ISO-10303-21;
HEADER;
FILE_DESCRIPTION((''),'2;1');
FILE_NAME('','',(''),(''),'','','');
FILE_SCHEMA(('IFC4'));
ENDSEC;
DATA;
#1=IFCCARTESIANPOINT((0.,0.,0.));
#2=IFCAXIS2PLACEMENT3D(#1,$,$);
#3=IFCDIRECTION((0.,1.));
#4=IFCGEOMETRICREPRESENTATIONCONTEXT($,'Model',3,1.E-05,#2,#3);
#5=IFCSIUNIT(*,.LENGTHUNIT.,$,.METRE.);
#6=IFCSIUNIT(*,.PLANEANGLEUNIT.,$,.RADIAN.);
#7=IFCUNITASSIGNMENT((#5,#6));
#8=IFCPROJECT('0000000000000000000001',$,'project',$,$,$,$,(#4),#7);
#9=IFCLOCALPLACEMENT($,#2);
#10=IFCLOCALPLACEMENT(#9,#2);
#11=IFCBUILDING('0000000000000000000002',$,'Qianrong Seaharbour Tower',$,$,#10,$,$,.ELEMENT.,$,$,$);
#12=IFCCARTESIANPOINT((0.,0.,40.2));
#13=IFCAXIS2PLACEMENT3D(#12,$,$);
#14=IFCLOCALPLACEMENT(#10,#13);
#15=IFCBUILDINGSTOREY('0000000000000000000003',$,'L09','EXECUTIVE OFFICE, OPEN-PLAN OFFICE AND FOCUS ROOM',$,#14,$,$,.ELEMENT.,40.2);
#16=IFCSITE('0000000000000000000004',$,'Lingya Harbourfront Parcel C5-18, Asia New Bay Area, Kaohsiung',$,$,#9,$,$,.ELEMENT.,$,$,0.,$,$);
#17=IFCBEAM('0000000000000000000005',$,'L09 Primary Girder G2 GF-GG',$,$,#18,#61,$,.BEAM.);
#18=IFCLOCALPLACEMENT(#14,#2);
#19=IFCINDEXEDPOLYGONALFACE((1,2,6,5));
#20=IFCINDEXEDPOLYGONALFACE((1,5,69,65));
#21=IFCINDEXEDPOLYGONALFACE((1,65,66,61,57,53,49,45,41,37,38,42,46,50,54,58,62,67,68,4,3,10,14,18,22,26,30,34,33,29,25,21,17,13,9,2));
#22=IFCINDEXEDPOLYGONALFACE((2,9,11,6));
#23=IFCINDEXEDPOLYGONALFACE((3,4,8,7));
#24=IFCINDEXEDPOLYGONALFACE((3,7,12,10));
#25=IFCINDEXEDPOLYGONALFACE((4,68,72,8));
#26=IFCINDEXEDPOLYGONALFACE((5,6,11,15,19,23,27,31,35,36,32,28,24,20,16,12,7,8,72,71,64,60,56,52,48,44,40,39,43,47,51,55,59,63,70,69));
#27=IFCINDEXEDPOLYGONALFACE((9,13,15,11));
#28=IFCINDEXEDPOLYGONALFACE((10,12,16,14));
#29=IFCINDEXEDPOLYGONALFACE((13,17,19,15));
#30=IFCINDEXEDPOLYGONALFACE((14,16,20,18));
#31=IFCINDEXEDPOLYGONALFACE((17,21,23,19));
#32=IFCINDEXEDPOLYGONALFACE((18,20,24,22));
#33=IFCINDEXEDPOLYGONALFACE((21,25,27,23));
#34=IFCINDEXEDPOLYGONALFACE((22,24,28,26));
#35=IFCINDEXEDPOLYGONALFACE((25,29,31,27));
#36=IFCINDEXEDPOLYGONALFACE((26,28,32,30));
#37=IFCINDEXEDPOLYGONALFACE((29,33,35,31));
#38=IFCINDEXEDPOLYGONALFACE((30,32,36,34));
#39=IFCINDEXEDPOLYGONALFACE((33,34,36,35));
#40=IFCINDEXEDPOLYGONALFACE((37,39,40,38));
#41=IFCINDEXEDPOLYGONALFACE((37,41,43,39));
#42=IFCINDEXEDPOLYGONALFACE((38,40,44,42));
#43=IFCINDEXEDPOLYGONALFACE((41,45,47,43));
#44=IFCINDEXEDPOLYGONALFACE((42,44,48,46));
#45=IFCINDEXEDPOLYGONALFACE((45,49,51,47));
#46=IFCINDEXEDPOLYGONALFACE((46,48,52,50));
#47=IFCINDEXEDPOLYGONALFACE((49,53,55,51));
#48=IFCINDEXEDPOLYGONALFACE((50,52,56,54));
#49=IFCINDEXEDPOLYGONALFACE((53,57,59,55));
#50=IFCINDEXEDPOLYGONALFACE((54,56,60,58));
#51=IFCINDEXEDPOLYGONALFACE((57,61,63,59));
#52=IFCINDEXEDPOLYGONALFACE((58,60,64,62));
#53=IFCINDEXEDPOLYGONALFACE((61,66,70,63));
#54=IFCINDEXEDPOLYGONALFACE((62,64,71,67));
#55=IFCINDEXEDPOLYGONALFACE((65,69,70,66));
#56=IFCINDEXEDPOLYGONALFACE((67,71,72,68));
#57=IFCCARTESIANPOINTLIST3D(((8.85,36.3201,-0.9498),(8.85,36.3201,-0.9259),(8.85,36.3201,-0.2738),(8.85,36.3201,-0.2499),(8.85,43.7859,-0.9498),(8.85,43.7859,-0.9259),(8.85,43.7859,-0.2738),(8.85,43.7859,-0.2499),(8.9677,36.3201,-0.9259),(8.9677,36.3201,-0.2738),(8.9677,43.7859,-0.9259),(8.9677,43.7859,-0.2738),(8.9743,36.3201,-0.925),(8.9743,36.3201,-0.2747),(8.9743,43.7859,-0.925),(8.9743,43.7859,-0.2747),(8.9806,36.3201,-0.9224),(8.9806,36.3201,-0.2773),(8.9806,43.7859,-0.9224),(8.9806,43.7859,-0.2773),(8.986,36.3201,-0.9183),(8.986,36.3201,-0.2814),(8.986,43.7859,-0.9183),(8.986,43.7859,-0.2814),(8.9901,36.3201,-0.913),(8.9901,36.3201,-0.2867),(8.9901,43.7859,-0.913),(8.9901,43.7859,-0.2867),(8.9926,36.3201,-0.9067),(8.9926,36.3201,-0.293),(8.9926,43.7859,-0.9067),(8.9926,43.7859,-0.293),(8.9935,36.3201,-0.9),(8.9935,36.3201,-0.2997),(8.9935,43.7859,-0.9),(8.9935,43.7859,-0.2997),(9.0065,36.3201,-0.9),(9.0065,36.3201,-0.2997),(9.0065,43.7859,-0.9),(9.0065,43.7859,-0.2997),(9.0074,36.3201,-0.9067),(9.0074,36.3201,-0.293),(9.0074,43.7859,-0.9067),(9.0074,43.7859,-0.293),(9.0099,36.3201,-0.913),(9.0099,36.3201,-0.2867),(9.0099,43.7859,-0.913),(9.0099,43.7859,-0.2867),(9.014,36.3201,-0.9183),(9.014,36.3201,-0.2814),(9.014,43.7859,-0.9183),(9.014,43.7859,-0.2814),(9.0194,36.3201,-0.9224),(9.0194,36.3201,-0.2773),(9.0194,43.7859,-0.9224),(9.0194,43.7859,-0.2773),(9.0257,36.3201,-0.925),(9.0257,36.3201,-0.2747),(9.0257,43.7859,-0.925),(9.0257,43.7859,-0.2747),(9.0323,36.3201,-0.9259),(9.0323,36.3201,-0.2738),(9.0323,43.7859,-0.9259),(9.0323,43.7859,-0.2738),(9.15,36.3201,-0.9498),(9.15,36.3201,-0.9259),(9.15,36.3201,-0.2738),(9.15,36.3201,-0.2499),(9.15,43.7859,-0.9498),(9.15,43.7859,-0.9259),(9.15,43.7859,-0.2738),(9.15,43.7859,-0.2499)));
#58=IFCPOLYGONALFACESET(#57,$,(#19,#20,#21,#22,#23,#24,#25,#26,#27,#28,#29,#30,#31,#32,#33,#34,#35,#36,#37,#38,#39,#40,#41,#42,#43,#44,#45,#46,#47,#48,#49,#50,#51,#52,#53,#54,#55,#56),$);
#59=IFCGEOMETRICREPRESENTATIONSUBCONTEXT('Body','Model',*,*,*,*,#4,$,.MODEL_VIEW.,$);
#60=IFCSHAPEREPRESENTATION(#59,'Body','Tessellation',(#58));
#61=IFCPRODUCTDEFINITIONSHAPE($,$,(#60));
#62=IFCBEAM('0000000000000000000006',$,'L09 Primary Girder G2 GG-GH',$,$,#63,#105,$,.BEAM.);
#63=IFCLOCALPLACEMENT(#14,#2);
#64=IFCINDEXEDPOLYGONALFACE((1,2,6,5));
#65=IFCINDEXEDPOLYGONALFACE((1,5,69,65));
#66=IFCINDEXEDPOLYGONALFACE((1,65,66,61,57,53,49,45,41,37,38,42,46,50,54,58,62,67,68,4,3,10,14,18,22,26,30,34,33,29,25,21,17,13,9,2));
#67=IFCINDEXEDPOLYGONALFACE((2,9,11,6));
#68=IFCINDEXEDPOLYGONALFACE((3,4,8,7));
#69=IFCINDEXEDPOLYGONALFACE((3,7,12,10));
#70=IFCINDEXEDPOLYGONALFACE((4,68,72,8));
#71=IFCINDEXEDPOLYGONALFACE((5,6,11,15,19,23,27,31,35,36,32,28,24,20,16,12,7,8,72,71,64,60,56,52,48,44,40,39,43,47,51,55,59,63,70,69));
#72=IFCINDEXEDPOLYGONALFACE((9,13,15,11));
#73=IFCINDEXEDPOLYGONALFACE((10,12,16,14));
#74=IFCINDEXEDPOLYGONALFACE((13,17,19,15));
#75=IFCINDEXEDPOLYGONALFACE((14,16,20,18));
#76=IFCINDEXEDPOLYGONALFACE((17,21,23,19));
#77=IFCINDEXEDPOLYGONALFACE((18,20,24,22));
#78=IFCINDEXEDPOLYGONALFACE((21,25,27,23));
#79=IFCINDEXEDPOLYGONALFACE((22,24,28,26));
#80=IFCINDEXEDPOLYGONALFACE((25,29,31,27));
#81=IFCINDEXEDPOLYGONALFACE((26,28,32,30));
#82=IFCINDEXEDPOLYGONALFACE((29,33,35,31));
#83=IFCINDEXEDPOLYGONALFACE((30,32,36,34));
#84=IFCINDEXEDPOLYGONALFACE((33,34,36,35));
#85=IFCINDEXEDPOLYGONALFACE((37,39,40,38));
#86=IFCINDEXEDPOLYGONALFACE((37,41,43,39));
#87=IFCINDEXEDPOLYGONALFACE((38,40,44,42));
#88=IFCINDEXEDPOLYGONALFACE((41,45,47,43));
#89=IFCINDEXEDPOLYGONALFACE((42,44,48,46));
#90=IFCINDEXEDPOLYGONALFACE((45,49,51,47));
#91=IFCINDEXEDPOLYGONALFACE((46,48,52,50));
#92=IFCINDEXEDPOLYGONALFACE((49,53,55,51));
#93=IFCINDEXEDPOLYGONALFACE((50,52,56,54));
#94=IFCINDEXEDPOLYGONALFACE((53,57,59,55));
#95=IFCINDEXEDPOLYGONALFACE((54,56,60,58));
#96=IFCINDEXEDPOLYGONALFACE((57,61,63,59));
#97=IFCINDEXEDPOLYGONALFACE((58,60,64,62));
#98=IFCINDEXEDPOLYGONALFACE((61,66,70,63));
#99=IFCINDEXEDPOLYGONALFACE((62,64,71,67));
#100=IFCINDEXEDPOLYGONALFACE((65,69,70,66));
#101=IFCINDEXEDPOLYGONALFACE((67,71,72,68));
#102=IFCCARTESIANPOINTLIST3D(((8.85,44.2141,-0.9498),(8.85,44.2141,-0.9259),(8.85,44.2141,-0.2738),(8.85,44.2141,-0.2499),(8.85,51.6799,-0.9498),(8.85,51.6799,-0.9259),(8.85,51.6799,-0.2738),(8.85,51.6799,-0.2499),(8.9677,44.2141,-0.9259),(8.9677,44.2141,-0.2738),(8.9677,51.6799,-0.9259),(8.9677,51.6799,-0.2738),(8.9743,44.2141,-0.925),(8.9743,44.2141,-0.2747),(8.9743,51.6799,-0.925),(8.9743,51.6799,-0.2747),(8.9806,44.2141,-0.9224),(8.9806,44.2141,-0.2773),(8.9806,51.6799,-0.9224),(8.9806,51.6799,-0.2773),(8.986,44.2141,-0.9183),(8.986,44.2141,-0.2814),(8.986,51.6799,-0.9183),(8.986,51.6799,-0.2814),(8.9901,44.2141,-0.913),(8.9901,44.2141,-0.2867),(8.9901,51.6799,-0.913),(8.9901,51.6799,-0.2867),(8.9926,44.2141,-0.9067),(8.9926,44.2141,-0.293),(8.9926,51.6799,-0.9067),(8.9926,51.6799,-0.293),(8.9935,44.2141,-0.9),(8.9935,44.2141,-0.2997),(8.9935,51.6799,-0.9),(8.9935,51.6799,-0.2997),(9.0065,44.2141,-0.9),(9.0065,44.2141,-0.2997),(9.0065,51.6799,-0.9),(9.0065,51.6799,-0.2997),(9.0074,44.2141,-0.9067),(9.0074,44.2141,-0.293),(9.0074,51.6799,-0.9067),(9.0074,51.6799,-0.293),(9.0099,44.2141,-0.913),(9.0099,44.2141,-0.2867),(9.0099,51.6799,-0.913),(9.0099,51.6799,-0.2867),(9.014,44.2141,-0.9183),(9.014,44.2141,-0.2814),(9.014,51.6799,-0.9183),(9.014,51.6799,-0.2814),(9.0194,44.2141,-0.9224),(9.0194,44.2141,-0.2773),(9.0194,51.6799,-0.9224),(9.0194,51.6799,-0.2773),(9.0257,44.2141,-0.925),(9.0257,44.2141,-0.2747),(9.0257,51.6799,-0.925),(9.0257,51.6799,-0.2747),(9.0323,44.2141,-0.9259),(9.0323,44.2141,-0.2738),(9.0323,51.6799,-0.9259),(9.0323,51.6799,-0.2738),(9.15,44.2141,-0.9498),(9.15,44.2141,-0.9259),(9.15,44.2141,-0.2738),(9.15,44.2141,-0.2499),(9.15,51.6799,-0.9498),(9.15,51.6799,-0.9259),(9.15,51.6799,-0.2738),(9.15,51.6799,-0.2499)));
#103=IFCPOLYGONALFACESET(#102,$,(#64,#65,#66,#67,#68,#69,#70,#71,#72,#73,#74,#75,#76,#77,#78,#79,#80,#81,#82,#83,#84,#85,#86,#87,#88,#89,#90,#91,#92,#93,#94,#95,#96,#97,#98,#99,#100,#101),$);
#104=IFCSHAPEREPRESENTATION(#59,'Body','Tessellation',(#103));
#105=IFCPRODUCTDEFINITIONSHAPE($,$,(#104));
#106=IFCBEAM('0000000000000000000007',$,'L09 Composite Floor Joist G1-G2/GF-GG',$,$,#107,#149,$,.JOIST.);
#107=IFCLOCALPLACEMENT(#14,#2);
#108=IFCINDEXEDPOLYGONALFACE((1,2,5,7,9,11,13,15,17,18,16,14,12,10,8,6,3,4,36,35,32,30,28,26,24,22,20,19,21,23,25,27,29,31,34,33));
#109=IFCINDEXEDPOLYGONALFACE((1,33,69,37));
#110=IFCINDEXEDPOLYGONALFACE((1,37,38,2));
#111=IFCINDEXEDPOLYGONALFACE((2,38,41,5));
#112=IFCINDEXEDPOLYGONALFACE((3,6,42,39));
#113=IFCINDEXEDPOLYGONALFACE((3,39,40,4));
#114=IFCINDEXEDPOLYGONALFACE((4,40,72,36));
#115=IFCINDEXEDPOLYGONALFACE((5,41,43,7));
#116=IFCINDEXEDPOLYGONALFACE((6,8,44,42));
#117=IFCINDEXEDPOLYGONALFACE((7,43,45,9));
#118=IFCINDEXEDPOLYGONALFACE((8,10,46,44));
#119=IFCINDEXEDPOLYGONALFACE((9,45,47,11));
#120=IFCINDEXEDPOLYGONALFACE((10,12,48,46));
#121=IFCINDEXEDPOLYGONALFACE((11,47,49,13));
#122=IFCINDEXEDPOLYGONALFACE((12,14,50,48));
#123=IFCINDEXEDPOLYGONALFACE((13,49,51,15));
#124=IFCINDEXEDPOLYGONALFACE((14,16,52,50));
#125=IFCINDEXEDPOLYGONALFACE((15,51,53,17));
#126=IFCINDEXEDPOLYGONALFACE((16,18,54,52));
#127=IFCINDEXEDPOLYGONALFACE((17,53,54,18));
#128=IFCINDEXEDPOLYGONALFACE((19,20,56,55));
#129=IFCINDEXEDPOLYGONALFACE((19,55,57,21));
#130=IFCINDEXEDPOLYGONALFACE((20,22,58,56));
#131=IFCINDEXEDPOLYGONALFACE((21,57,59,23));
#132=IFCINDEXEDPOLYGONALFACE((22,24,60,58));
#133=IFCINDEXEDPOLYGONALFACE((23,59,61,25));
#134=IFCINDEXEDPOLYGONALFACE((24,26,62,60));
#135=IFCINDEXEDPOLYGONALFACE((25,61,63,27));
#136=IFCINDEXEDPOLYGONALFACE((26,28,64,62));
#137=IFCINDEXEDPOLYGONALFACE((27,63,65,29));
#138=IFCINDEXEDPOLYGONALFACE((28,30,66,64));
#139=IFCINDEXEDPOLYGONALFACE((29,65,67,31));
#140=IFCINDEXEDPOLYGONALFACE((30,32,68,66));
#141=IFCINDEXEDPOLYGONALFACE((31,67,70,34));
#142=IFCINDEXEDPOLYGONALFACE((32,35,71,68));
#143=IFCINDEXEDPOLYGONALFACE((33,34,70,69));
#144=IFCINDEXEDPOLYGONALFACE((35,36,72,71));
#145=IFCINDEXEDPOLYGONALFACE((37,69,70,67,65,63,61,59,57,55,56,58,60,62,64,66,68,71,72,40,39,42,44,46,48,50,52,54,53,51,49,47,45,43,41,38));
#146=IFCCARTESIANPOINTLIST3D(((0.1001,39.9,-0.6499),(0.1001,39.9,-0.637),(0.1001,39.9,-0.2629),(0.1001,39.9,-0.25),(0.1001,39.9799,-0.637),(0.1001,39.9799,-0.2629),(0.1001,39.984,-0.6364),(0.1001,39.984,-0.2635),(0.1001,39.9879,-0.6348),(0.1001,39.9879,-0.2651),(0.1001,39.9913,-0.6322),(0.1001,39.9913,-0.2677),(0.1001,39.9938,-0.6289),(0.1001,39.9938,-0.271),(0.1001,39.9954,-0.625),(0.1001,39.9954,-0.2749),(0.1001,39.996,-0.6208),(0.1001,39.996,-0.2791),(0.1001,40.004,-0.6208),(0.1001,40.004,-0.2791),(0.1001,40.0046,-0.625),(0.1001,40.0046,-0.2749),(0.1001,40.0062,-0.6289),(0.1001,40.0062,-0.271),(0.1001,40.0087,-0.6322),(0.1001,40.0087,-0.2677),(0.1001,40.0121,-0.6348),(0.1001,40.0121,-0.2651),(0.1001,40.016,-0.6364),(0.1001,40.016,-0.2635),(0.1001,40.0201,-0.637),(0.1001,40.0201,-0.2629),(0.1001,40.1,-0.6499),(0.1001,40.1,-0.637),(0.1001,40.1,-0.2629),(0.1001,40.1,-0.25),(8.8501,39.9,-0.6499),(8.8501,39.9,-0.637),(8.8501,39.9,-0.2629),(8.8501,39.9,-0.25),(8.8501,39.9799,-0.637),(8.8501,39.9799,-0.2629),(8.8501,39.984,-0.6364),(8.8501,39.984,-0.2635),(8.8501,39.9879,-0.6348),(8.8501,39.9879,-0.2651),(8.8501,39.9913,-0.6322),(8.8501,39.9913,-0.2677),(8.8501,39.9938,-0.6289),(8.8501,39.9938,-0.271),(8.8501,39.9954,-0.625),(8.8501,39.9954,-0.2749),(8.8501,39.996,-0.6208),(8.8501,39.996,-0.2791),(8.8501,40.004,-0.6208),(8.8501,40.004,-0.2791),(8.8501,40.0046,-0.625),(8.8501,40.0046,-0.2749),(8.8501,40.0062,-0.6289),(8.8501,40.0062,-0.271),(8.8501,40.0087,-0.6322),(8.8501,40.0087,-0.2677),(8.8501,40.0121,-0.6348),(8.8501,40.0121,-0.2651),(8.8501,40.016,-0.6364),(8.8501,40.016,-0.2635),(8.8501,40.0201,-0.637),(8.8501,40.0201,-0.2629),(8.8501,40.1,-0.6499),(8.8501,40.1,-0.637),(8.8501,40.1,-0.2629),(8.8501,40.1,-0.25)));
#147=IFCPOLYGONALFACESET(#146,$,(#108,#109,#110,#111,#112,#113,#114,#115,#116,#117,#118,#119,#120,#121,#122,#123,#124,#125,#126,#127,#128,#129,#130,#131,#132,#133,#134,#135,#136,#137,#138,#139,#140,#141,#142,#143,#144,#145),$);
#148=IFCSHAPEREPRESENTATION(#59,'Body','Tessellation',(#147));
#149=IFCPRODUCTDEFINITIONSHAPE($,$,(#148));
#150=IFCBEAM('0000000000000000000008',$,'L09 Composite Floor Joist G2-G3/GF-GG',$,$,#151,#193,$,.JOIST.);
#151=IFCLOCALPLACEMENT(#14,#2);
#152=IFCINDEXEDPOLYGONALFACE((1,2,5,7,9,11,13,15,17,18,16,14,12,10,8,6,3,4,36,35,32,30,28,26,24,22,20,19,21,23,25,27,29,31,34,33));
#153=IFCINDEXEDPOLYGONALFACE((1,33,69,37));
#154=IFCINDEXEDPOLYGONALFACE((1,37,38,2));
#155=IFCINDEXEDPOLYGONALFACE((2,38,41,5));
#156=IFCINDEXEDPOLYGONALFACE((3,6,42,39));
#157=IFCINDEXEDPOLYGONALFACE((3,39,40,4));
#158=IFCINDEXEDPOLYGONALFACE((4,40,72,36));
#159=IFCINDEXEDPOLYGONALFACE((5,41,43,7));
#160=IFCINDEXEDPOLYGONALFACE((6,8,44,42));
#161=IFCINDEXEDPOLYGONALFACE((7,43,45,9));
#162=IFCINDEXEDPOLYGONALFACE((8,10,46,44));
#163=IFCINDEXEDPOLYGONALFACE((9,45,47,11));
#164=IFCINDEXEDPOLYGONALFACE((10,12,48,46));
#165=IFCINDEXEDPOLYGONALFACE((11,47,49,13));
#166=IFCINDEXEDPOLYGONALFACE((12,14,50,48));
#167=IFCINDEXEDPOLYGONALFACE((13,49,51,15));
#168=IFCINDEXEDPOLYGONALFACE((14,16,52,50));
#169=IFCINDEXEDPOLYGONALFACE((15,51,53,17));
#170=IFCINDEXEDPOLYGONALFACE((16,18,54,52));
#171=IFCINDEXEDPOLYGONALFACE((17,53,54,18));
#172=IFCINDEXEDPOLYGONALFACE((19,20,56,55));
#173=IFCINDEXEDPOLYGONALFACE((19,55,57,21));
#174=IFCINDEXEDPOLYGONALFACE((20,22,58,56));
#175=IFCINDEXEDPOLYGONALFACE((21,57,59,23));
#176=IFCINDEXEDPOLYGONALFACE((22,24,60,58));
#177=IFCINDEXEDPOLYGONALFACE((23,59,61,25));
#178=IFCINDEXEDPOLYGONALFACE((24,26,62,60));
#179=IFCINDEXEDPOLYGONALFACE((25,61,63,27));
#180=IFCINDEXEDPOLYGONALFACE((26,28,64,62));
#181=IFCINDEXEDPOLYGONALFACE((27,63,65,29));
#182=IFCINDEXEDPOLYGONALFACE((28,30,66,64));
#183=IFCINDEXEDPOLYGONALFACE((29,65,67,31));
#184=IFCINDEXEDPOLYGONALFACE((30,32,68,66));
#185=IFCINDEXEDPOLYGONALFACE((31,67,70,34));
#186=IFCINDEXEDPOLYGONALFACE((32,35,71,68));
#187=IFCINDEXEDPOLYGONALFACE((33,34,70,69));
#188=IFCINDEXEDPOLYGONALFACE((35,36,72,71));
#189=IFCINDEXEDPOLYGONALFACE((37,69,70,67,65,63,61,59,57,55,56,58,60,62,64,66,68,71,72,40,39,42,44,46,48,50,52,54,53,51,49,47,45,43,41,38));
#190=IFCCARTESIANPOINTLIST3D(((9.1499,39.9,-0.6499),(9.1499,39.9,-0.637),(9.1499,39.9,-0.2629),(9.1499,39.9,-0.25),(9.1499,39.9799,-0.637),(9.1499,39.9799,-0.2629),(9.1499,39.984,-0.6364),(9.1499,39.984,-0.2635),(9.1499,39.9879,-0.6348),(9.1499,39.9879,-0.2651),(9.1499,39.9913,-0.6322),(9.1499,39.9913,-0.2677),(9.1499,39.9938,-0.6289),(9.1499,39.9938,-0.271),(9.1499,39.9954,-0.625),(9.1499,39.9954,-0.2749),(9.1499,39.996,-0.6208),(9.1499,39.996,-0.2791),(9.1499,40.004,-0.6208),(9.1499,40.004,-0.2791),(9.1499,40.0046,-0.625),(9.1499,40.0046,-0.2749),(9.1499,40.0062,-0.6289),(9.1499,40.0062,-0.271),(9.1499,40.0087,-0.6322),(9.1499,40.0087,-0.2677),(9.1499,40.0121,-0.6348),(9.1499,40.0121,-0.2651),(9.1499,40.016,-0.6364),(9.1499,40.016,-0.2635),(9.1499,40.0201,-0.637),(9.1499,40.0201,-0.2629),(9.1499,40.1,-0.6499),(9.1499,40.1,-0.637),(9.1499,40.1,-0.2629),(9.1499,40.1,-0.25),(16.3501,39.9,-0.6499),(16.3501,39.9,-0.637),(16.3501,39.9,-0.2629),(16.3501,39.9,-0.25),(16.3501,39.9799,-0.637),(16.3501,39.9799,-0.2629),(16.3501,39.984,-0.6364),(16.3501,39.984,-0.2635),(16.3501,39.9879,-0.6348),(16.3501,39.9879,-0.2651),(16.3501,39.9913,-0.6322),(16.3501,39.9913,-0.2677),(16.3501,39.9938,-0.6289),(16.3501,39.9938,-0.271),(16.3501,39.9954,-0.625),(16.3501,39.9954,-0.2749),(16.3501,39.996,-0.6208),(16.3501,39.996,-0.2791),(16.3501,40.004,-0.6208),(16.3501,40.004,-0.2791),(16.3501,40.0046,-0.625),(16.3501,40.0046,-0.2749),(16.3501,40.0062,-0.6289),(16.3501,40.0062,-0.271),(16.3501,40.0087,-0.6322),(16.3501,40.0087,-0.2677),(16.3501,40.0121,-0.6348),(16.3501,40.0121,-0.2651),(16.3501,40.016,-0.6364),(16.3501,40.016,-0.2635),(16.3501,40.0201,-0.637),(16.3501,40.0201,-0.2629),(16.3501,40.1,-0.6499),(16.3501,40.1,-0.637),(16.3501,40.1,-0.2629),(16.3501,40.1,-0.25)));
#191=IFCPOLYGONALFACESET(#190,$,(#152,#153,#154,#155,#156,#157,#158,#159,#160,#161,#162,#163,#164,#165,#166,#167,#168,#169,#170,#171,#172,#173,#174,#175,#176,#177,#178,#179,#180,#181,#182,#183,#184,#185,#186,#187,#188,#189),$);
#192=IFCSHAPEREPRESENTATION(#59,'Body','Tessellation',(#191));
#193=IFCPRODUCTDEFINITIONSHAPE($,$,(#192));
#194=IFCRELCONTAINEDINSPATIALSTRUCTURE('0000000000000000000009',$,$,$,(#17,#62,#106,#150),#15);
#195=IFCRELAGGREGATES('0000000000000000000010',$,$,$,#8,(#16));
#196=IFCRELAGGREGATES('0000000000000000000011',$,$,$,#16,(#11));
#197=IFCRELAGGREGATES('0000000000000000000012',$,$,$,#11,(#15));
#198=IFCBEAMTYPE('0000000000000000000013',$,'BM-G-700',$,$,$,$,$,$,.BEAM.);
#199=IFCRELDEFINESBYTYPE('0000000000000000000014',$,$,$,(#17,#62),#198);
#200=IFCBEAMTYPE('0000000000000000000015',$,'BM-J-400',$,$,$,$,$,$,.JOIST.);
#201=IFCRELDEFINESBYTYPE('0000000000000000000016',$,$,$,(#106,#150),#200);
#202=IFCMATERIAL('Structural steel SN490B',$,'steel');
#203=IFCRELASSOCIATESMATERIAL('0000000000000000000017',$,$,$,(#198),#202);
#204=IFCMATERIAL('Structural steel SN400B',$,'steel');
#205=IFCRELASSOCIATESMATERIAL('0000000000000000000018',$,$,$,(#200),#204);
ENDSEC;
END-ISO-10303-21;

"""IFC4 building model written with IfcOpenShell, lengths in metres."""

from ifc_helpers import new_model, si_unit, direction, frame, origin, origin_2d, place, context, subcontext, project, spatial, i_section, extrude, material, material_profile, profile_set, type_object, element, save


model = new_model("IFC4")

# Units and contexts
model_context = context("Model", 3, precision=1e-05, world=origin(), true_north=direction((0.0, 1.0)))
body_context = subcontext(model_context, "Body", "Model", "MODEL_VIEW")
ifc_project = project(units=[si_unit("LENGTHUNIT", "METRE"), si_unit("PLANEANGLEUNIT", "RADIAN")], contexts=[model_context])

# Site, building, storey
site_placement = place(None, origin())
site = spatial("IfcSite", under=ifc_project, at=site_placement, Name="Lingya Harbourfront Parcel C5-18, Asia New Bay Area, Kaohsiung", CompositionType="ELEMENT", RefElevation=0.0)
building_placement = place(site_placement, origin())
building = spatial("IfcBuilding", under=site, at=building_placement, Name="Qianrong Seaharbour Tower", CompositionType="ELEMENT")
storey_placement = place(building_placement, frame((0.0, 0.0, 40.2)))
storey = spatial("IfcBuildingStorey", under=building, at=storey_placement, Name="L09", Description="EXECUTIVE OFFICE, OPEN-PLAN OFFICE AND FOCUS ROOM", CompositionType="ELEMENT", Elevation=40.2)

# Shared definitions
ifc_material_1 = material(Name="Structural steel SN490B", Category="steel")

# Beams
ifc_material_profile_1 = material_profile(ifc_material_1, i_section(OverallWidth=0.3, OverallDepth=0.7, WebThickness=0.0129, FlangeThickness=0.0239, FilletRadius=0.0259, at=origin_2d()), Name="H700x300x13x24")
ifc_profile_set_1 = profile_set([ifc_material_profile_1], Name="Structural steel SN490B")
beam_type_1 = type_object("IfcBeamType", Name="BM-G-700", PredefinedType="BEAM", material=ifc_profile_set_1)
for number, where, z_axis, x_axis, name in (
    (1, (9.0, 36.3201, -0.5999), (0.0, 1.0, 0.0), (-1.0, 0.0, 0.0), "L09 Primary Girder G2 GF-GG"),
    (2, (9.0, 44.2141, -0.5999), (0.0, 1.0, 0.0), (-1.0, 0.0, 0.0), "L09 Primary Girder G2 GG-GH"),
):
    element("IfcBeam", number, at=place(storey_placement, frame(where, z_axis=z_axis, x_axis=x_axis)), inside=storey, type_object=beam_type_1, Name=name, PredefinedType="BEAM", context=body_context, shape_type="SweptSolid", body=[
        extrude(i_section(OverallWidth=0.3, OverallDepth=0.7, WebThickness=0.0129, FlangeThickness=0.0239, FilletRadius=0.0259, at=origin_2d()), origin(), (0.0, 0.0, 1.0), 7.4658),
    ])
ifc_material_2 = material(Name="Structural steel SN400B", Category="steel")
ifc_material_profile_2 = material_profile(ifc_material_2, i_section(OverallWidth=0.2, OverallDepth=0.3999, WebThickness=0.0081, FlangeThickness=0.0129, FilletRadius=0.0161, at=origin_2d()), Name="H400x200x8x13")
ifc_profile_set_2 = profile_set([ifc_material_profile_2], Name="Structural steel SN400B")
beam_type_2 = type_object("IfcBeamType", Name="BM-J-400", PredefinedType="JOIST", material=ifc_profile_set_2)
beam_1_placement = place(storey_placement, frame((0.1001, 40.0, -0.45), z_axis=(1.0, 0.0, 0.0), x_axis=(0.0, 1.0, 0.0)))
element("IfcBeam", 3, at=beam_1_placement, inside=storey, type_object=beam_type_2, Name="L09 Composite Floor Joist G1-G2/GF-GG", PredefinedType="JOIST", context=body_context, shape_type="SweptSolid", body=[
    extrude(i_section(OverallWidth=0.2, OverallDepth=0.3999, WebThickness=0.0081, FlangeThickness=0.0129, FilletRadius=0.0161, at=origin_2d()), origin(), (0.0, 0.0, 1.0), 8.75),
])
for number, where, z_axis, x_axis, name in (
    (4, (9.1499, 40.0, -0.45), (1.0, 0.0, 0.0), (0.0, 1.0, 0.0), "L09 Composite Floor Joist G2-G3/GF-GG"),
):
    element("IfcBeam", number, at=place(storey_placement, frame(where, z_axis=z_axis, x_axis=x_axis)), inside=storey, type_object=beam_type_2, Name=name, PredefinedType="JOIST", context=body_context, shape_type="SweptSolid", body=[
        extrude(i_section(OverallWidth=0.2, OverallDepth=0.3999, WebThickness=0.0081, FlangeThickness=0.0129, FilletRadius=0.0161, at=origin_2d()), origin(), (0.0, 0.0, 1.0), 7.2002),
    ])

save(model, "model.ifc")
